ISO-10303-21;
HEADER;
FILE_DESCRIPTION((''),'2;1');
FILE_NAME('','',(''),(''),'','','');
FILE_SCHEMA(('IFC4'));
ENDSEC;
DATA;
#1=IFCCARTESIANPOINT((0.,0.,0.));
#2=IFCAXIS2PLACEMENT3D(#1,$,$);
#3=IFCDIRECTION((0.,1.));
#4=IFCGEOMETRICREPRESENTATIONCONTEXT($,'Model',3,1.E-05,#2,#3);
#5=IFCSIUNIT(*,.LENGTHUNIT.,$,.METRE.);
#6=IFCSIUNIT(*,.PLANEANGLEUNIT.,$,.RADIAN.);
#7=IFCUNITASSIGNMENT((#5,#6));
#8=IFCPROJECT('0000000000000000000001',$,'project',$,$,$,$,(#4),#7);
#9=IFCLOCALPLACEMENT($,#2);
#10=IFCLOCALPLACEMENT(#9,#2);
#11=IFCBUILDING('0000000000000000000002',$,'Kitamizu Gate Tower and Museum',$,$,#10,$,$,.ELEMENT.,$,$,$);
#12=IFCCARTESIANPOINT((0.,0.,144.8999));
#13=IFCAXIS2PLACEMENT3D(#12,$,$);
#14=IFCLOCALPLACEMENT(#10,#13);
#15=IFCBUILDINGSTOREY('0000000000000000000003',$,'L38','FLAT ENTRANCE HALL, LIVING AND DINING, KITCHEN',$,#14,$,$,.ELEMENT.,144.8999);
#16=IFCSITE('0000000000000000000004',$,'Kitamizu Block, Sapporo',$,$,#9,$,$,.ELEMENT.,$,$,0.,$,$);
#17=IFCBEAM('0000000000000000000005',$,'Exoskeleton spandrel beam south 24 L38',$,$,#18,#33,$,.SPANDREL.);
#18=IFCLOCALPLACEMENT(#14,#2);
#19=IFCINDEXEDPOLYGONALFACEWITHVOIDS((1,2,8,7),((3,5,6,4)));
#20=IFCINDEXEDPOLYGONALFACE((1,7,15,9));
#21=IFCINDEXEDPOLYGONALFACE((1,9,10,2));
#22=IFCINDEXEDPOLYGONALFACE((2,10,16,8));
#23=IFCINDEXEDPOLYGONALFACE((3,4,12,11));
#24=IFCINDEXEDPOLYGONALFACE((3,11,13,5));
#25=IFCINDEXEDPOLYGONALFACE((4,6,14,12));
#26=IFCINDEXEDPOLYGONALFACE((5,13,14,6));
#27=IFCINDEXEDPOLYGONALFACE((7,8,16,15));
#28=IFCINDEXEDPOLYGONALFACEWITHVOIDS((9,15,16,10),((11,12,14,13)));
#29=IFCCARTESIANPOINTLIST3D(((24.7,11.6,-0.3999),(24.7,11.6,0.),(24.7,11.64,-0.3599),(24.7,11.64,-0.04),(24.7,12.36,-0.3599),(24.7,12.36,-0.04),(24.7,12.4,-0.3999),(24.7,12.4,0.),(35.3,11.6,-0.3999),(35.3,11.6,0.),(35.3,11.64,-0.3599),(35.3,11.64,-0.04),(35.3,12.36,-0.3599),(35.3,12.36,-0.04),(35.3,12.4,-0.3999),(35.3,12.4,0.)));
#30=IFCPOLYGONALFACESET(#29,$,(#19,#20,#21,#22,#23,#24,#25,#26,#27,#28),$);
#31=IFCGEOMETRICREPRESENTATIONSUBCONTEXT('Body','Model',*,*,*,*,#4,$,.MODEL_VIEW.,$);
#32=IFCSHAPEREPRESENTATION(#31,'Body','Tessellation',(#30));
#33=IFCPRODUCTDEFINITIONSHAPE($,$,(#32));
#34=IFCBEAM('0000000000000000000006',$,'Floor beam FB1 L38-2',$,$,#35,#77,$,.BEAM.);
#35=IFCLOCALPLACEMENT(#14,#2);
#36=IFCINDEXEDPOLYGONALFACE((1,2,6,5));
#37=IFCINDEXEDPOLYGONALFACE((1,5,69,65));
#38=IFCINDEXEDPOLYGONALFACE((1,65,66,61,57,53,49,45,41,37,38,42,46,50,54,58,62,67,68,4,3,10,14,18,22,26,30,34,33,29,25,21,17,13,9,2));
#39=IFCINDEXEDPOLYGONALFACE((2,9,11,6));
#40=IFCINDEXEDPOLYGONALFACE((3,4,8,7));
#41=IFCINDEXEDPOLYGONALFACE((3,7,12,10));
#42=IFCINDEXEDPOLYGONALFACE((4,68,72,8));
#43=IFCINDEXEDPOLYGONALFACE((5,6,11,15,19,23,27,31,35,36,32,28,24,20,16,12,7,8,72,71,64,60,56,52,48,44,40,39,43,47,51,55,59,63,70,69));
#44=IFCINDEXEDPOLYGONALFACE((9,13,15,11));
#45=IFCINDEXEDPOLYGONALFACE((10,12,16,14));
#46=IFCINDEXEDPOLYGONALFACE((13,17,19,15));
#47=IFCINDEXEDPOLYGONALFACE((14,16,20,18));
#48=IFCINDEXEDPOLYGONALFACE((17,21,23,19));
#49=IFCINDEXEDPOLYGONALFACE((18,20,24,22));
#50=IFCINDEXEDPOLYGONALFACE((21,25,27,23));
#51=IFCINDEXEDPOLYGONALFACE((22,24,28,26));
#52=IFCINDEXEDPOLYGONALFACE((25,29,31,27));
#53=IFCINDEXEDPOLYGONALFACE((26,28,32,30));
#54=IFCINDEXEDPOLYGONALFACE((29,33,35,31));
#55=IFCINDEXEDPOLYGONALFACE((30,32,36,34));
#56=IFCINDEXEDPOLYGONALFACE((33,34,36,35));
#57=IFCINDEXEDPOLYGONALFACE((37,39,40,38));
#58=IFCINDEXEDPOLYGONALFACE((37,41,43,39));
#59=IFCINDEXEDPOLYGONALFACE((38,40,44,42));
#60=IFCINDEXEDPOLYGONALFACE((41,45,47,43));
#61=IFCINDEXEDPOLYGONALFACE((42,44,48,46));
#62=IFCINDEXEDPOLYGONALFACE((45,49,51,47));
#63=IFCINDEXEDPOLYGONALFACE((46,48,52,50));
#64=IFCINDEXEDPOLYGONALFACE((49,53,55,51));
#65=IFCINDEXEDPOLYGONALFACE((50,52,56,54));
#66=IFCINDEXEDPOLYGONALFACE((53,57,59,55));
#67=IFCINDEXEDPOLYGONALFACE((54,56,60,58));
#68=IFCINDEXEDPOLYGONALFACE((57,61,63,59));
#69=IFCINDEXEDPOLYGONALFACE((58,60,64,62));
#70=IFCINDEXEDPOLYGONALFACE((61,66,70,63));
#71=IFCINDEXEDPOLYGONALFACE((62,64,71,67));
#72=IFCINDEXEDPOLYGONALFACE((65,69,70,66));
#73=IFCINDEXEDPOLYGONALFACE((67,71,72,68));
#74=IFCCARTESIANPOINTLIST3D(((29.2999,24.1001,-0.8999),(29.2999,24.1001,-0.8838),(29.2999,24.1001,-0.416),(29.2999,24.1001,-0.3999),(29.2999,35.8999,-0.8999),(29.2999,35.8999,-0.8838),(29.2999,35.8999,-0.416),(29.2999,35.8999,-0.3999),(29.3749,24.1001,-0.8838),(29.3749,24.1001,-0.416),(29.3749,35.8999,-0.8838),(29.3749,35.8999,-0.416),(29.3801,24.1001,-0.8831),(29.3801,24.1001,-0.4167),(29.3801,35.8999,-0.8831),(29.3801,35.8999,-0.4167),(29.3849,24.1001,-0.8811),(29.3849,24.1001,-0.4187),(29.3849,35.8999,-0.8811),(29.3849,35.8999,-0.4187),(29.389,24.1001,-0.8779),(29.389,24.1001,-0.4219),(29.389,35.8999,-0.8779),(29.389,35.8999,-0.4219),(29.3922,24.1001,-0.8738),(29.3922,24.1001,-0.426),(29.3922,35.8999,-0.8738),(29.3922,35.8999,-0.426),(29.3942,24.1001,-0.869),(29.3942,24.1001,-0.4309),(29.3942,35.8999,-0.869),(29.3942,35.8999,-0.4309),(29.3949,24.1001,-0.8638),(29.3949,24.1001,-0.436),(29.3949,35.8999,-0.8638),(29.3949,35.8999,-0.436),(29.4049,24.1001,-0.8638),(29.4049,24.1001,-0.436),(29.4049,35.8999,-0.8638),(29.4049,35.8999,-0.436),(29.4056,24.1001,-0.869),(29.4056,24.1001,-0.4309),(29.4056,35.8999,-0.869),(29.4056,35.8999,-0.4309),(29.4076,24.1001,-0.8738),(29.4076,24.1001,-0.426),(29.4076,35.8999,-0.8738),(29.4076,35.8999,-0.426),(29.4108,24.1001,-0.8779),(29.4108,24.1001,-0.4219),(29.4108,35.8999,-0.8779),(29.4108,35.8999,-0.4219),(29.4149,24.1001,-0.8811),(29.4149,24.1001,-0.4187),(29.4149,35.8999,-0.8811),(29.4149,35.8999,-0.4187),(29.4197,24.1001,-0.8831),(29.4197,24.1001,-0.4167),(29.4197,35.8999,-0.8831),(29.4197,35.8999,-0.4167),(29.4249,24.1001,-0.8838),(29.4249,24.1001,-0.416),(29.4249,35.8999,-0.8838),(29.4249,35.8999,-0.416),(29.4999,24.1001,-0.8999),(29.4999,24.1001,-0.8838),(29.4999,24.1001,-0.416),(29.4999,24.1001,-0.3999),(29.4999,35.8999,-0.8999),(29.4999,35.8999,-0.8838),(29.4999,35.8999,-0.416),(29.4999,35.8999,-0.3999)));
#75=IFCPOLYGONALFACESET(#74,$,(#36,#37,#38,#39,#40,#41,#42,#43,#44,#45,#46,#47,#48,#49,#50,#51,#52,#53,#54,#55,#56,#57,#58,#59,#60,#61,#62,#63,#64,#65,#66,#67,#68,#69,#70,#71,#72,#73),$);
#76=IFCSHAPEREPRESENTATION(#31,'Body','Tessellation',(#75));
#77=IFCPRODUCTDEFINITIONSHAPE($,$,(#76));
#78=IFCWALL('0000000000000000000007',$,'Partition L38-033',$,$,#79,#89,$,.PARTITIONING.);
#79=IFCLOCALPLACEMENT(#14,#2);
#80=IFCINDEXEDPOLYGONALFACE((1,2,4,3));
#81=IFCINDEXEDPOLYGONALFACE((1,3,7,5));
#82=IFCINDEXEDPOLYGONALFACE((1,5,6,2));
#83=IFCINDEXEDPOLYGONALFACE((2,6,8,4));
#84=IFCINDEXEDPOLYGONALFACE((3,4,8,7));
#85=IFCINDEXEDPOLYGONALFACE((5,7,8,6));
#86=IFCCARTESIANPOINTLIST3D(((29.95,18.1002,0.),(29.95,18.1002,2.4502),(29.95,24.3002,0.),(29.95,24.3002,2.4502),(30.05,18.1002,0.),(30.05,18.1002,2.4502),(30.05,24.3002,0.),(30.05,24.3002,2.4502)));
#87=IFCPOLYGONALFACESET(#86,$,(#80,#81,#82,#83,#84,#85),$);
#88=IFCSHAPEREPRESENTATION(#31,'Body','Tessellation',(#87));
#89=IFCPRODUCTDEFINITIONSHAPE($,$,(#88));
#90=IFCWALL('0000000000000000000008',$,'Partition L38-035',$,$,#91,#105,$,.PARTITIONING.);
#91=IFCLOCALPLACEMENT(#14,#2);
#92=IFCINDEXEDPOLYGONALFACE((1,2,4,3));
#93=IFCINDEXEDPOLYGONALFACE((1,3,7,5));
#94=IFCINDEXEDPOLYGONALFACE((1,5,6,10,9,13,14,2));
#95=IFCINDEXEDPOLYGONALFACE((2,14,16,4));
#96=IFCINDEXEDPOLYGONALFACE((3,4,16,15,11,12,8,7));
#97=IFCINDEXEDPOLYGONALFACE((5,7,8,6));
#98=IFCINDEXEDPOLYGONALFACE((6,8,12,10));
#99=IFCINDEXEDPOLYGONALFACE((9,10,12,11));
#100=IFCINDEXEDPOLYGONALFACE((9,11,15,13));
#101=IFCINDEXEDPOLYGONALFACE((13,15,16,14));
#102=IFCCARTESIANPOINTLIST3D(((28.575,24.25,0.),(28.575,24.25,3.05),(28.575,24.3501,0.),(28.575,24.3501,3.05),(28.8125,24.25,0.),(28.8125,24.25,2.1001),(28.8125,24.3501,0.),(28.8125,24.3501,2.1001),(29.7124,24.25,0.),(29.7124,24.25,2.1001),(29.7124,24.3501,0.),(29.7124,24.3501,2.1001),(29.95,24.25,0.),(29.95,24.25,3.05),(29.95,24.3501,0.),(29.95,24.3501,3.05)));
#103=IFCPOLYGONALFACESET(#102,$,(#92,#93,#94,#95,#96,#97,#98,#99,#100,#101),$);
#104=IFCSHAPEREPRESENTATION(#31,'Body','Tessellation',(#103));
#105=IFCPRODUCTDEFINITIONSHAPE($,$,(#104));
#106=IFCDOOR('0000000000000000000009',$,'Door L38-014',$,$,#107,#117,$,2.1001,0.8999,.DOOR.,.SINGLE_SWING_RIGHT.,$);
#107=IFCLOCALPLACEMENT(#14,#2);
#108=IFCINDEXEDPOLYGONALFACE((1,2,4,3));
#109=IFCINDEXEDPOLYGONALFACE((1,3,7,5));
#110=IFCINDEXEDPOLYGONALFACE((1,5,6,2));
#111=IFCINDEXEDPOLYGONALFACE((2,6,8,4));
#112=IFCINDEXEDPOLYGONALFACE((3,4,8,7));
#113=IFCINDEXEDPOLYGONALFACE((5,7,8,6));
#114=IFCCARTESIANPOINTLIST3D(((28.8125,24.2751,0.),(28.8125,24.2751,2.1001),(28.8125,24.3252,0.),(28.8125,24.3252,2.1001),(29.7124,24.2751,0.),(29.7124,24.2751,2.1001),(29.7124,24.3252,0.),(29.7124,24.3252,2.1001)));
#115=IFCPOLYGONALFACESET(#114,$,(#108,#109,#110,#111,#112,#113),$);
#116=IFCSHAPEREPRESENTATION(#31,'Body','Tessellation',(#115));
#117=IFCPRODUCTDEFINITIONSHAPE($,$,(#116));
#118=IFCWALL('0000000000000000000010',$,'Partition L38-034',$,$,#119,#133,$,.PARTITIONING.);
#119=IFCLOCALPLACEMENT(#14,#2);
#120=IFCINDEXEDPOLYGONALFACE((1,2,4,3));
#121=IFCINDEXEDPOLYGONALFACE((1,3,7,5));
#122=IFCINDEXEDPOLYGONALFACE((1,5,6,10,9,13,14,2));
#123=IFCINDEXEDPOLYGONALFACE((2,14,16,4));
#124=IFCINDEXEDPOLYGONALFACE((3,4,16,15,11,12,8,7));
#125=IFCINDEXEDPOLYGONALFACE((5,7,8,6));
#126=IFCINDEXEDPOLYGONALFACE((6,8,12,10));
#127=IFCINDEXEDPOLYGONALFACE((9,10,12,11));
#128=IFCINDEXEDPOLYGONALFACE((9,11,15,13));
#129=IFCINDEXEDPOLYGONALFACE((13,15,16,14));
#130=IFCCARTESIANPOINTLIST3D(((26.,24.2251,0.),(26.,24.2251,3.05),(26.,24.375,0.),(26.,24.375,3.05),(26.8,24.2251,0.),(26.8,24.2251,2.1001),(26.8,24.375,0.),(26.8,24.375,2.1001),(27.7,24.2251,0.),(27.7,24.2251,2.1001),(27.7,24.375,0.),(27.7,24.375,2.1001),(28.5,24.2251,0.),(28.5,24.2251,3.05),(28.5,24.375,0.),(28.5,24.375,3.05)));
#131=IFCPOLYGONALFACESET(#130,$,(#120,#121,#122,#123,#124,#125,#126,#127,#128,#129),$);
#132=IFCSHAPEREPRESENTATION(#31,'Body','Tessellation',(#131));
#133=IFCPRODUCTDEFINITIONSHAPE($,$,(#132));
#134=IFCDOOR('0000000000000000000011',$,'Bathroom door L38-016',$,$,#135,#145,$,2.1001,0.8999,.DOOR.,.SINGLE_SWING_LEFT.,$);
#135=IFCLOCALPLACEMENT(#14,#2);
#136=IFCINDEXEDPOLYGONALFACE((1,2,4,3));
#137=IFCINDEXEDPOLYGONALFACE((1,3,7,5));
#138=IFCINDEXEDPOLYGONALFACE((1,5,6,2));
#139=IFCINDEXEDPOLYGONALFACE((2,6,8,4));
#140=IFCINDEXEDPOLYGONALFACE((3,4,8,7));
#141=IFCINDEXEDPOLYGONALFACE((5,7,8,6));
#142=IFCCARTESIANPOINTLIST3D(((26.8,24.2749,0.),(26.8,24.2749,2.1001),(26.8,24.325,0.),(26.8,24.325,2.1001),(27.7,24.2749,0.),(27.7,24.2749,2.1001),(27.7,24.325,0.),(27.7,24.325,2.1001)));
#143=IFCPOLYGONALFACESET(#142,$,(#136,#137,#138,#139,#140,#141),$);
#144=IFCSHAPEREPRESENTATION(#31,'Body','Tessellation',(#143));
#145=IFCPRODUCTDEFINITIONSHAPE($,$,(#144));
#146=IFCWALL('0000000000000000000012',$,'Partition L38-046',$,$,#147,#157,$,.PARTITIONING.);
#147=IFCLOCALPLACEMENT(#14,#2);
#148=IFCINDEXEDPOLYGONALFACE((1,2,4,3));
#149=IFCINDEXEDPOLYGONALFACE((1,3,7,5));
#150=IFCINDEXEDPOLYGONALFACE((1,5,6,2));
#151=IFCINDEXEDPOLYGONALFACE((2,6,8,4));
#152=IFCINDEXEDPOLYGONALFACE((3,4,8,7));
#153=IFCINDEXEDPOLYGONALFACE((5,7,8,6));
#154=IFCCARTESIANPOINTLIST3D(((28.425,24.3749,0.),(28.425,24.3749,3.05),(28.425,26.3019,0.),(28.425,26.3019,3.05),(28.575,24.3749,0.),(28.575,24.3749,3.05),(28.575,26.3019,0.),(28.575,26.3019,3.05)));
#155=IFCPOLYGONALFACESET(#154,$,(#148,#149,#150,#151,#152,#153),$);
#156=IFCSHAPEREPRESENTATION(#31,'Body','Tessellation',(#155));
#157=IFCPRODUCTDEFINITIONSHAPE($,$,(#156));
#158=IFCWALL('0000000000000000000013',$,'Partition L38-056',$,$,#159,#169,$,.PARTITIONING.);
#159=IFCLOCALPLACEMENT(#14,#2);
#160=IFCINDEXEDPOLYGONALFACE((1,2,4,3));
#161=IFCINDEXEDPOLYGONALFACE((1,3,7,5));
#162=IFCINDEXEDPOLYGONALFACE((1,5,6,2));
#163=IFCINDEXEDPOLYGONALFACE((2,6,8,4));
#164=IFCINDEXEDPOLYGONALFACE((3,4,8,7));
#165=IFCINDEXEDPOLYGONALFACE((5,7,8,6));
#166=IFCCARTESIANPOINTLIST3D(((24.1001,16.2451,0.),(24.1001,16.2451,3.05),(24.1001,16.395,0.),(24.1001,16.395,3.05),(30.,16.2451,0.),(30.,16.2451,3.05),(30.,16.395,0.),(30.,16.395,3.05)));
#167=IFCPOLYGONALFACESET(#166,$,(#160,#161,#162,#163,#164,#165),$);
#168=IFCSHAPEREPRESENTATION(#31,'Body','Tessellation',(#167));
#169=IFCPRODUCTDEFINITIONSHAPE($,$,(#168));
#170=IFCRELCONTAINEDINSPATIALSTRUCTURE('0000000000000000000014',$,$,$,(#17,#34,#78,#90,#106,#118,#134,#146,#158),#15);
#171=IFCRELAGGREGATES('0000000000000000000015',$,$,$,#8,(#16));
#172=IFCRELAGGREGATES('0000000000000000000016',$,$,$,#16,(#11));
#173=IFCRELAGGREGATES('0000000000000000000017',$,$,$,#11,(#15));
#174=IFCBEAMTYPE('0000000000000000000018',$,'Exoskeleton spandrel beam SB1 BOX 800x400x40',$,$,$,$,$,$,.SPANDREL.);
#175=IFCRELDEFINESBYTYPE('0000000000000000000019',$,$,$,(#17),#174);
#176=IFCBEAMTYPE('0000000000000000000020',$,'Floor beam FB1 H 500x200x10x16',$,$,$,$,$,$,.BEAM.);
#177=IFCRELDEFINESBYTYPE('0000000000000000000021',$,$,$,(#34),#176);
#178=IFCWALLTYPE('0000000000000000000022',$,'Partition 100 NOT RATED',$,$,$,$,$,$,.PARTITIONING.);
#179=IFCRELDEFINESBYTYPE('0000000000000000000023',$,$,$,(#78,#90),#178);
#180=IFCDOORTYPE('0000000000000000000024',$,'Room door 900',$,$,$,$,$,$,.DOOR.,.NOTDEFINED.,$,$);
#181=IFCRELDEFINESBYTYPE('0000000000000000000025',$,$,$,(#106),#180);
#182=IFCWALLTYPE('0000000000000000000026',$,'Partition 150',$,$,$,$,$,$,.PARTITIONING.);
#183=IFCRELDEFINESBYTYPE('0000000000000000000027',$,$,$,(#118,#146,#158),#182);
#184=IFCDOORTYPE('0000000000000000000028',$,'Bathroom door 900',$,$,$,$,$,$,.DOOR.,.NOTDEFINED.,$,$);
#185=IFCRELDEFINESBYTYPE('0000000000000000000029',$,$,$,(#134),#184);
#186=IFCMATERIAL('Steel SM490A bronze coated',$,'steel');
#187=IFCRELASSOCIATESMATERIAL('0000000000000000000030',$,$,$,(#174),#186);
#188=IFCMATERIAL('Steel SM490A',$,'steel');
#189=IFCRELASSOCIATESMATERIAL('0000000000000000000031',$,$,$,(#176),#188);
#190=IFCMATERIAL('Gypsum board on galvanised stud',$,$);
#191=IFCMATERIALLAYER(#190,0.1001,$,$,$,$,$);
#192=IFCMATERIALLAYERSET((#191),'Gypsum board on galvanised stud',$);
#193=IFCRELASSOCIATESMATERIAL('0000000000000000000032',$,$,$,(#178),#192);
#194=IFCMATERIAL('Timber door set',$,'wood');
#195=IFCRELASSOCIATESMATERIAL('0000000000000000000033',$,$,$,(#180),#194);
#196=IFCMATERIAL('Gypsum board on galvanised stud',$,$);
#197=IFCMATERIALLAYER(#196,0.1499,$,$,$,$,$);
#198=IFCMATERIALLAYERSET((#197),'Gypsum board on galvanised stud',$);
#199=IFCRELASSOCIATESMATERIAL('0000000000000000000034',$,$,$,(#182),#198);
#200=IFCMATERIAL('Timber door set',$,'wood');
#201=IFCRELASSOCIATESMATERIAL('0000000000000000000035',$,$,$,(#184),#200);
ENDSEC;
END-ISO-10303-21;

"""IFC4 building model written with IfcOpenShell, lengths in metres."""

from ifc_helpers import new_model, si_unit, direction, frame, frame_2d, origin, origin_2d, place, context, subcontext, project, spatial, rectangle, hollow_rectangle, i_section, extrude, material, layer, layer_set, material_profile, profile_set, type_object, element, fill, save


model = new_model("IFC4")

# Units and contexts
model_context = context("Model", 3, precision=1e-05, world=origin(), true_north=direction((0.0, 1.0)))
body_context = subcontext(model_context, "Body", "Model", "MODEL_VIEW")
ifc_project = project(units=[si_unit("LENGTHUNIT", "METRE"), si_unit("PLANEANGLEUNIT", "RADIAN")], contexts=[model_context])

# Site, building, storey
site_placement = place(None, origin())
site = spatial("IfcSite", under=ifc_project, at=site_placement, Name="Kitamizu Block, Sapporo", CompositionType="ELEMENT", RefElevation=0.0)
building_placement = place(site_placement, origin())
building = spatial("IfcBuilding", under=site, at=building_placement, Name="Kitamizu Gate Tower and Museum", CompositionType="ELEMENT")
storey_placement = place(building_placement, frame((0.0, 0.0, 144.8999)))
storey = spatial("IfcBuildingStorey", under=building, at=storey_placement, Name="L38", Description="FLAT ENTRANCE HALL, LIVING AND DINING, KITCHEN", CompositionType="ELEMENT", Elevation=144.8999)

# Beams
ifc_material_1 = material(Name="Steel SM490A bronze coated", Category="steel")
ifc_material_profile_1 = material_profile(ifc_material_1, hollow_rectangle(XDim=0.8, YDim=0.3999, WallThickness=0.04, at=origin_2d()), Name="BOX 800x400x40")
ifc_profile_set_1 = profile_set([ifc_material_profile_1], Name="Steel SM490A bronze coated")
beam_type_1 = type_object("IfcBeamType", Name="Exoskeleton spandrel beam SB1 BOX 800x400x40", PredefinedType="SPANDREL", material=ifc_profile_set_1)
beam_1_placement = place(storey_placement, frame((24.7, 12.0, -0.2), z_axis=(1.0, 0.0, 0.0), x_axis=(0.0, 1.0, 0.0)))
element("IfcBeam", 1, at=beam_1_placement, inside=storey, type_object=beam_type_1, Name="Exoskeleton spandrel beam south 24 L38", PredefinedType="SPANDREL", context=body_context, shape_type="SweptSolid", body=[
    extrude(hollow_rectangle(XDim=0.8, YDim=0.3999, WallThickness=0.04, at=origin_2d()), origin(), (0.0, 0.0, 1.0), 10.6001),
])
ifc_material_2 = material(Name="Steel SM490A", Category="steel")
ifc_material_profile_2 = material_profile(ifc_material_2, i_section(OverallWidth=0.2, OverallDepth=0.5, WebThickness=0.01, FlangeThickness=0.0161, FilletRadius=0.02, at=origin_2d()), Name="H-500x200x10x16")
ifc_profile_set_2 = profile_set([ifc_material_profile_2], Name="Steel SM490A")
beam_type_2 = type_object("IfcBeamType", Name="Floor beam FB1 H 500x200x10x16", PredefinedType="BEAM", material=ifc_profile_set_2)
beam_2_placement = place(storey_placement, frame((29.3999, 24.1001, -0.6499), z_axis=(0.0, 1.0, 0.0), x_axis=(-1.0, 0.0, 0.0)))
element("IfcBeam", 2, at=beam_2_placement, inside=storey, type_object=beam_type_2, Name="Floor beam FB1 L38-2", PredefinedType="BEAM", context=body_context, shape_type="SweptSolid", body=[
    extrude(i_section(OverallWidth=0.2, OverallDepth=0.5, WebThickness=0.01, FlangeThickness=0.0161, FilletRadius=0.02, at=origin_2d()), origin(), (0.0, 0.0, 1.0), 11.7998),
])

# Wall
ifc_material_3 = material(Name="Gypsum board on galvanised stud")
ifc_layer_1 = layer(ifc_material_3, 0.1001)
ifc_layer_set_1 = layer_set([ifc_layer_1], Name="Gypsum board on galvanised stud")
wall_type_1 = type_object("IfcWallType", Name="Partition 100 NOT RATED", PredefinedType="PARTITIONING", material=ifc_layer_set_1)
wall_1_placement = place(storey_placement, frame((30.0, 18.1001, 0.0), z_axis=(0.0, 0.0, 1.0), x_axis=(0.0, 1.0, 0.0)))
element("IfcWall", 3, at=wall_1_placement, inside=storey, type_object=wall_type_1, Name="Partition L38-033", PredefinedType="PARTITIONING", context=body_context, shape_type="SweptSolid", body=[
    extrude(rectangle(XDim=6.2, YDim=0.1001, at=frame_2d((3.1001, 0.0))), origin(), (0.0, 0.0, 1.0), 2.4502),
])

# Walls, openings, doors
wall_2_placement = place(storey_placement, frame((29.95, 24.3, 0.0), z_axis=(0.0, 0.0, 1.0), x_axis=(-1.0, 0.0, 0.0)))
wall_2 = element("IfcWall", 4, at=wall_2_placement, inside=storey, type_object=wall_type_1, Name="Partition L38-035", PredefinedType="PARTITIONING", context=body_context, shape_type="SweptSolid", body=[
    extrude(rectangle(XDim=1.375, YDim=0.1001, at=frame_2d((0.6875, 0.0))), origin(), (0.0, 0.0, 1.0), 3.05),
])
opening_1_placement = place(wall_2_placement, frame((0.2375, 0.0, 0.0)))
opening_1 = element("IfcOpeningElement", 5, at=opening_1_placement, cuts=wall_2, PredefinedType="OPENING", context=body_context, shape_type="SweptSolid", body=[
    extrude(rectangle(XDim=0.8999, YDim=2.1001, at=frame_2d((0.45, 1.05))), frame((0.0, 0.0601, 0.0), z_axis=(0.0, -1.0, 0.0), x_axis=(1.0, 0.0, 0.0)), (0.0, 0.0, 1.0), 0.1201),
])
ifc_material_4 = material(Name="Timber door set", Category="wood")
door_type_1 = type_object("IfcDoorType", Name="Room door 900", OperationType="NOTDEFINED", PredefinedType="DOOR", material=ifc_material_4)
door_1_placement = place(opening_1_placement, origin())
door_1 = element("IfcDoor", 6, at=door_1_placement, inside=storey, type_object=door_type_1, Name="Door L38-014", OperationType="SINGLE_SWING_RIGHT", OverallHeight=2.1001, OverallWidth=0.8999, PredefinedType="DOOR", context=body_context, shape_type="SweptSolid", body=[
    extrude(rectangle(XDim=0.8999, YDim=2.1001, at=frame_2d((0.45, 1.05))), frame((0.0, 0.0249, 0.0), z_axis=(0.0, -1.0, 0.0), x_axis=(1.0, 0.0, 0.0)), (0.0, 0.0, 1.0), 0.05),
])
fill(opening_1, door_1)
ifc_material_5 = material(Name="Gypsum board on galvanised stud")
ifc_layer_2 = layer(ifc_material_5, 0.1499)
ifc_layer_set_2 = layer_set([ifc_layer_2], Name="Gypsum board on galvanised stud")
wall_type_2 = type_object("IfcWallType", Name="Partition 150", PredefinedType="PARTITIONING", material=ifc_layer_set_2)
wall_3_placement = place(storey_placement, frame((28.5, 24.3, 0.0), z_axis=(0.0, 0.0, 1.0), x_axis=(-1.0, 0.0, 0.0)))
wall_3 = element("IfcWall", 7, at=wall_3_placement, inside=storey, type_object=wall_type_2, Name="Partition L38-034", PredefinedType="PARTITIONING", context=body_context, shape_type="SweptSolid", body=[
    extrude(rectangle(XDim=2.5, YDim=0.1499, at=frame_2d((1.25, 0.0))), origin(), (0.0, 0.0, 1.0), 3.05),
])
opening_2_placement = place(wall_3_placement, frame((0.8, 0.0, 0.0)))
opening_2 = element("IfcOpeningElement", 8, at=opening_2_placement, cuts=wall_3, PredefinedType="OPENING", context=body_context, shape_type="SweptSolid", body=[
    extrude(rectangle(XDim=0.8999, YDim=2.1001, at=frame_2d((0.45, 1.05))), frame((0.0, 0.085, 0.0), z_axis=(0.0, -1.0, 0.0), x_axis=(1.0, 0.0, 0.0)), (0.0, 0.0, 1.0), 0.1699),
])
ifc_material_6 = material(Name="Timber door set", Category="wood")
door_type_2 = type_object("IfcDoorType", Name="Bathroom door 900", OperationType="NOTDEFINED", PredefinedType="DOOR", material=ifc_material_6)
door_2_placement = place(opening_2_placement, frame((0.8999, 0.0, 0.0), x_axis=(-1.0, 0.0, 0.0)))
door_2 = element("IfcDoor", 9, at=door_2_placement, inside=storey, type_object=door_type_2, Name="Bathroom door L38-016", OperationType="SINGLE_SWING_LEFT", OverallHeight=2.1001, OverallWidth=0.8999, PredefinedType="DOOR", context=body_context, shape_type="SweptSolid", body=[
    extrude(rectangle(XDim=0.8999, YDim=2.1001, at=frame_2d((0.45, 1.05))), frame((0.0, 0.0249, 0.0), z_axis=(0.0, -1.0, 0.0), x_axis=(1.0, 0.0, 0.0)), (0.0, 0.0, 1.0), 0.05),
])
fill(opening_2, door_2)

# Walls
wall_4_placement = place(storey_placement, frame((28.5, 24.375, 0.0), z_axis=(0.0, 0.0, 1.0), x_axis=(0.0, 1.0, 0.0)))
element("IfcWall", 10, at=wall_4_placement, inside=storey, type_object=wall_type_2, Name="Partition L38-046", PredefinedType="PARTITIONING", context=body_context, shape_type="SweptSolid", body=[
    extrude(rectangle(XDim=1.927, YDim=0.1499, at=frame_2d((0.9634, 0.0))), origin(), (0.0, 0.0, 1.0), 3.05),
])
wall_5_placement = place(storey_placement, frame((30.0, 16.3201, 0.0), z_axis=(0.0, 0.0, 1.0), x_axis=(-1.0, 0.0, 0.0)))
element("IfcWall", 11, at=wall_5_placement, inside=storey, type_object=wall_type_2, Name="Partition L38-056", PredefinedType="PARTITIONING", context=body_context, shape_type="SweptSolid", body=[
    extrude(rectangle(XDim=5.8999, YDim=0.1499, at=frame_2d((2.95, 0.0))), origin(), (0.0, 0.0, 1.0), 3.05),
])

save(model, "model.ifc")
